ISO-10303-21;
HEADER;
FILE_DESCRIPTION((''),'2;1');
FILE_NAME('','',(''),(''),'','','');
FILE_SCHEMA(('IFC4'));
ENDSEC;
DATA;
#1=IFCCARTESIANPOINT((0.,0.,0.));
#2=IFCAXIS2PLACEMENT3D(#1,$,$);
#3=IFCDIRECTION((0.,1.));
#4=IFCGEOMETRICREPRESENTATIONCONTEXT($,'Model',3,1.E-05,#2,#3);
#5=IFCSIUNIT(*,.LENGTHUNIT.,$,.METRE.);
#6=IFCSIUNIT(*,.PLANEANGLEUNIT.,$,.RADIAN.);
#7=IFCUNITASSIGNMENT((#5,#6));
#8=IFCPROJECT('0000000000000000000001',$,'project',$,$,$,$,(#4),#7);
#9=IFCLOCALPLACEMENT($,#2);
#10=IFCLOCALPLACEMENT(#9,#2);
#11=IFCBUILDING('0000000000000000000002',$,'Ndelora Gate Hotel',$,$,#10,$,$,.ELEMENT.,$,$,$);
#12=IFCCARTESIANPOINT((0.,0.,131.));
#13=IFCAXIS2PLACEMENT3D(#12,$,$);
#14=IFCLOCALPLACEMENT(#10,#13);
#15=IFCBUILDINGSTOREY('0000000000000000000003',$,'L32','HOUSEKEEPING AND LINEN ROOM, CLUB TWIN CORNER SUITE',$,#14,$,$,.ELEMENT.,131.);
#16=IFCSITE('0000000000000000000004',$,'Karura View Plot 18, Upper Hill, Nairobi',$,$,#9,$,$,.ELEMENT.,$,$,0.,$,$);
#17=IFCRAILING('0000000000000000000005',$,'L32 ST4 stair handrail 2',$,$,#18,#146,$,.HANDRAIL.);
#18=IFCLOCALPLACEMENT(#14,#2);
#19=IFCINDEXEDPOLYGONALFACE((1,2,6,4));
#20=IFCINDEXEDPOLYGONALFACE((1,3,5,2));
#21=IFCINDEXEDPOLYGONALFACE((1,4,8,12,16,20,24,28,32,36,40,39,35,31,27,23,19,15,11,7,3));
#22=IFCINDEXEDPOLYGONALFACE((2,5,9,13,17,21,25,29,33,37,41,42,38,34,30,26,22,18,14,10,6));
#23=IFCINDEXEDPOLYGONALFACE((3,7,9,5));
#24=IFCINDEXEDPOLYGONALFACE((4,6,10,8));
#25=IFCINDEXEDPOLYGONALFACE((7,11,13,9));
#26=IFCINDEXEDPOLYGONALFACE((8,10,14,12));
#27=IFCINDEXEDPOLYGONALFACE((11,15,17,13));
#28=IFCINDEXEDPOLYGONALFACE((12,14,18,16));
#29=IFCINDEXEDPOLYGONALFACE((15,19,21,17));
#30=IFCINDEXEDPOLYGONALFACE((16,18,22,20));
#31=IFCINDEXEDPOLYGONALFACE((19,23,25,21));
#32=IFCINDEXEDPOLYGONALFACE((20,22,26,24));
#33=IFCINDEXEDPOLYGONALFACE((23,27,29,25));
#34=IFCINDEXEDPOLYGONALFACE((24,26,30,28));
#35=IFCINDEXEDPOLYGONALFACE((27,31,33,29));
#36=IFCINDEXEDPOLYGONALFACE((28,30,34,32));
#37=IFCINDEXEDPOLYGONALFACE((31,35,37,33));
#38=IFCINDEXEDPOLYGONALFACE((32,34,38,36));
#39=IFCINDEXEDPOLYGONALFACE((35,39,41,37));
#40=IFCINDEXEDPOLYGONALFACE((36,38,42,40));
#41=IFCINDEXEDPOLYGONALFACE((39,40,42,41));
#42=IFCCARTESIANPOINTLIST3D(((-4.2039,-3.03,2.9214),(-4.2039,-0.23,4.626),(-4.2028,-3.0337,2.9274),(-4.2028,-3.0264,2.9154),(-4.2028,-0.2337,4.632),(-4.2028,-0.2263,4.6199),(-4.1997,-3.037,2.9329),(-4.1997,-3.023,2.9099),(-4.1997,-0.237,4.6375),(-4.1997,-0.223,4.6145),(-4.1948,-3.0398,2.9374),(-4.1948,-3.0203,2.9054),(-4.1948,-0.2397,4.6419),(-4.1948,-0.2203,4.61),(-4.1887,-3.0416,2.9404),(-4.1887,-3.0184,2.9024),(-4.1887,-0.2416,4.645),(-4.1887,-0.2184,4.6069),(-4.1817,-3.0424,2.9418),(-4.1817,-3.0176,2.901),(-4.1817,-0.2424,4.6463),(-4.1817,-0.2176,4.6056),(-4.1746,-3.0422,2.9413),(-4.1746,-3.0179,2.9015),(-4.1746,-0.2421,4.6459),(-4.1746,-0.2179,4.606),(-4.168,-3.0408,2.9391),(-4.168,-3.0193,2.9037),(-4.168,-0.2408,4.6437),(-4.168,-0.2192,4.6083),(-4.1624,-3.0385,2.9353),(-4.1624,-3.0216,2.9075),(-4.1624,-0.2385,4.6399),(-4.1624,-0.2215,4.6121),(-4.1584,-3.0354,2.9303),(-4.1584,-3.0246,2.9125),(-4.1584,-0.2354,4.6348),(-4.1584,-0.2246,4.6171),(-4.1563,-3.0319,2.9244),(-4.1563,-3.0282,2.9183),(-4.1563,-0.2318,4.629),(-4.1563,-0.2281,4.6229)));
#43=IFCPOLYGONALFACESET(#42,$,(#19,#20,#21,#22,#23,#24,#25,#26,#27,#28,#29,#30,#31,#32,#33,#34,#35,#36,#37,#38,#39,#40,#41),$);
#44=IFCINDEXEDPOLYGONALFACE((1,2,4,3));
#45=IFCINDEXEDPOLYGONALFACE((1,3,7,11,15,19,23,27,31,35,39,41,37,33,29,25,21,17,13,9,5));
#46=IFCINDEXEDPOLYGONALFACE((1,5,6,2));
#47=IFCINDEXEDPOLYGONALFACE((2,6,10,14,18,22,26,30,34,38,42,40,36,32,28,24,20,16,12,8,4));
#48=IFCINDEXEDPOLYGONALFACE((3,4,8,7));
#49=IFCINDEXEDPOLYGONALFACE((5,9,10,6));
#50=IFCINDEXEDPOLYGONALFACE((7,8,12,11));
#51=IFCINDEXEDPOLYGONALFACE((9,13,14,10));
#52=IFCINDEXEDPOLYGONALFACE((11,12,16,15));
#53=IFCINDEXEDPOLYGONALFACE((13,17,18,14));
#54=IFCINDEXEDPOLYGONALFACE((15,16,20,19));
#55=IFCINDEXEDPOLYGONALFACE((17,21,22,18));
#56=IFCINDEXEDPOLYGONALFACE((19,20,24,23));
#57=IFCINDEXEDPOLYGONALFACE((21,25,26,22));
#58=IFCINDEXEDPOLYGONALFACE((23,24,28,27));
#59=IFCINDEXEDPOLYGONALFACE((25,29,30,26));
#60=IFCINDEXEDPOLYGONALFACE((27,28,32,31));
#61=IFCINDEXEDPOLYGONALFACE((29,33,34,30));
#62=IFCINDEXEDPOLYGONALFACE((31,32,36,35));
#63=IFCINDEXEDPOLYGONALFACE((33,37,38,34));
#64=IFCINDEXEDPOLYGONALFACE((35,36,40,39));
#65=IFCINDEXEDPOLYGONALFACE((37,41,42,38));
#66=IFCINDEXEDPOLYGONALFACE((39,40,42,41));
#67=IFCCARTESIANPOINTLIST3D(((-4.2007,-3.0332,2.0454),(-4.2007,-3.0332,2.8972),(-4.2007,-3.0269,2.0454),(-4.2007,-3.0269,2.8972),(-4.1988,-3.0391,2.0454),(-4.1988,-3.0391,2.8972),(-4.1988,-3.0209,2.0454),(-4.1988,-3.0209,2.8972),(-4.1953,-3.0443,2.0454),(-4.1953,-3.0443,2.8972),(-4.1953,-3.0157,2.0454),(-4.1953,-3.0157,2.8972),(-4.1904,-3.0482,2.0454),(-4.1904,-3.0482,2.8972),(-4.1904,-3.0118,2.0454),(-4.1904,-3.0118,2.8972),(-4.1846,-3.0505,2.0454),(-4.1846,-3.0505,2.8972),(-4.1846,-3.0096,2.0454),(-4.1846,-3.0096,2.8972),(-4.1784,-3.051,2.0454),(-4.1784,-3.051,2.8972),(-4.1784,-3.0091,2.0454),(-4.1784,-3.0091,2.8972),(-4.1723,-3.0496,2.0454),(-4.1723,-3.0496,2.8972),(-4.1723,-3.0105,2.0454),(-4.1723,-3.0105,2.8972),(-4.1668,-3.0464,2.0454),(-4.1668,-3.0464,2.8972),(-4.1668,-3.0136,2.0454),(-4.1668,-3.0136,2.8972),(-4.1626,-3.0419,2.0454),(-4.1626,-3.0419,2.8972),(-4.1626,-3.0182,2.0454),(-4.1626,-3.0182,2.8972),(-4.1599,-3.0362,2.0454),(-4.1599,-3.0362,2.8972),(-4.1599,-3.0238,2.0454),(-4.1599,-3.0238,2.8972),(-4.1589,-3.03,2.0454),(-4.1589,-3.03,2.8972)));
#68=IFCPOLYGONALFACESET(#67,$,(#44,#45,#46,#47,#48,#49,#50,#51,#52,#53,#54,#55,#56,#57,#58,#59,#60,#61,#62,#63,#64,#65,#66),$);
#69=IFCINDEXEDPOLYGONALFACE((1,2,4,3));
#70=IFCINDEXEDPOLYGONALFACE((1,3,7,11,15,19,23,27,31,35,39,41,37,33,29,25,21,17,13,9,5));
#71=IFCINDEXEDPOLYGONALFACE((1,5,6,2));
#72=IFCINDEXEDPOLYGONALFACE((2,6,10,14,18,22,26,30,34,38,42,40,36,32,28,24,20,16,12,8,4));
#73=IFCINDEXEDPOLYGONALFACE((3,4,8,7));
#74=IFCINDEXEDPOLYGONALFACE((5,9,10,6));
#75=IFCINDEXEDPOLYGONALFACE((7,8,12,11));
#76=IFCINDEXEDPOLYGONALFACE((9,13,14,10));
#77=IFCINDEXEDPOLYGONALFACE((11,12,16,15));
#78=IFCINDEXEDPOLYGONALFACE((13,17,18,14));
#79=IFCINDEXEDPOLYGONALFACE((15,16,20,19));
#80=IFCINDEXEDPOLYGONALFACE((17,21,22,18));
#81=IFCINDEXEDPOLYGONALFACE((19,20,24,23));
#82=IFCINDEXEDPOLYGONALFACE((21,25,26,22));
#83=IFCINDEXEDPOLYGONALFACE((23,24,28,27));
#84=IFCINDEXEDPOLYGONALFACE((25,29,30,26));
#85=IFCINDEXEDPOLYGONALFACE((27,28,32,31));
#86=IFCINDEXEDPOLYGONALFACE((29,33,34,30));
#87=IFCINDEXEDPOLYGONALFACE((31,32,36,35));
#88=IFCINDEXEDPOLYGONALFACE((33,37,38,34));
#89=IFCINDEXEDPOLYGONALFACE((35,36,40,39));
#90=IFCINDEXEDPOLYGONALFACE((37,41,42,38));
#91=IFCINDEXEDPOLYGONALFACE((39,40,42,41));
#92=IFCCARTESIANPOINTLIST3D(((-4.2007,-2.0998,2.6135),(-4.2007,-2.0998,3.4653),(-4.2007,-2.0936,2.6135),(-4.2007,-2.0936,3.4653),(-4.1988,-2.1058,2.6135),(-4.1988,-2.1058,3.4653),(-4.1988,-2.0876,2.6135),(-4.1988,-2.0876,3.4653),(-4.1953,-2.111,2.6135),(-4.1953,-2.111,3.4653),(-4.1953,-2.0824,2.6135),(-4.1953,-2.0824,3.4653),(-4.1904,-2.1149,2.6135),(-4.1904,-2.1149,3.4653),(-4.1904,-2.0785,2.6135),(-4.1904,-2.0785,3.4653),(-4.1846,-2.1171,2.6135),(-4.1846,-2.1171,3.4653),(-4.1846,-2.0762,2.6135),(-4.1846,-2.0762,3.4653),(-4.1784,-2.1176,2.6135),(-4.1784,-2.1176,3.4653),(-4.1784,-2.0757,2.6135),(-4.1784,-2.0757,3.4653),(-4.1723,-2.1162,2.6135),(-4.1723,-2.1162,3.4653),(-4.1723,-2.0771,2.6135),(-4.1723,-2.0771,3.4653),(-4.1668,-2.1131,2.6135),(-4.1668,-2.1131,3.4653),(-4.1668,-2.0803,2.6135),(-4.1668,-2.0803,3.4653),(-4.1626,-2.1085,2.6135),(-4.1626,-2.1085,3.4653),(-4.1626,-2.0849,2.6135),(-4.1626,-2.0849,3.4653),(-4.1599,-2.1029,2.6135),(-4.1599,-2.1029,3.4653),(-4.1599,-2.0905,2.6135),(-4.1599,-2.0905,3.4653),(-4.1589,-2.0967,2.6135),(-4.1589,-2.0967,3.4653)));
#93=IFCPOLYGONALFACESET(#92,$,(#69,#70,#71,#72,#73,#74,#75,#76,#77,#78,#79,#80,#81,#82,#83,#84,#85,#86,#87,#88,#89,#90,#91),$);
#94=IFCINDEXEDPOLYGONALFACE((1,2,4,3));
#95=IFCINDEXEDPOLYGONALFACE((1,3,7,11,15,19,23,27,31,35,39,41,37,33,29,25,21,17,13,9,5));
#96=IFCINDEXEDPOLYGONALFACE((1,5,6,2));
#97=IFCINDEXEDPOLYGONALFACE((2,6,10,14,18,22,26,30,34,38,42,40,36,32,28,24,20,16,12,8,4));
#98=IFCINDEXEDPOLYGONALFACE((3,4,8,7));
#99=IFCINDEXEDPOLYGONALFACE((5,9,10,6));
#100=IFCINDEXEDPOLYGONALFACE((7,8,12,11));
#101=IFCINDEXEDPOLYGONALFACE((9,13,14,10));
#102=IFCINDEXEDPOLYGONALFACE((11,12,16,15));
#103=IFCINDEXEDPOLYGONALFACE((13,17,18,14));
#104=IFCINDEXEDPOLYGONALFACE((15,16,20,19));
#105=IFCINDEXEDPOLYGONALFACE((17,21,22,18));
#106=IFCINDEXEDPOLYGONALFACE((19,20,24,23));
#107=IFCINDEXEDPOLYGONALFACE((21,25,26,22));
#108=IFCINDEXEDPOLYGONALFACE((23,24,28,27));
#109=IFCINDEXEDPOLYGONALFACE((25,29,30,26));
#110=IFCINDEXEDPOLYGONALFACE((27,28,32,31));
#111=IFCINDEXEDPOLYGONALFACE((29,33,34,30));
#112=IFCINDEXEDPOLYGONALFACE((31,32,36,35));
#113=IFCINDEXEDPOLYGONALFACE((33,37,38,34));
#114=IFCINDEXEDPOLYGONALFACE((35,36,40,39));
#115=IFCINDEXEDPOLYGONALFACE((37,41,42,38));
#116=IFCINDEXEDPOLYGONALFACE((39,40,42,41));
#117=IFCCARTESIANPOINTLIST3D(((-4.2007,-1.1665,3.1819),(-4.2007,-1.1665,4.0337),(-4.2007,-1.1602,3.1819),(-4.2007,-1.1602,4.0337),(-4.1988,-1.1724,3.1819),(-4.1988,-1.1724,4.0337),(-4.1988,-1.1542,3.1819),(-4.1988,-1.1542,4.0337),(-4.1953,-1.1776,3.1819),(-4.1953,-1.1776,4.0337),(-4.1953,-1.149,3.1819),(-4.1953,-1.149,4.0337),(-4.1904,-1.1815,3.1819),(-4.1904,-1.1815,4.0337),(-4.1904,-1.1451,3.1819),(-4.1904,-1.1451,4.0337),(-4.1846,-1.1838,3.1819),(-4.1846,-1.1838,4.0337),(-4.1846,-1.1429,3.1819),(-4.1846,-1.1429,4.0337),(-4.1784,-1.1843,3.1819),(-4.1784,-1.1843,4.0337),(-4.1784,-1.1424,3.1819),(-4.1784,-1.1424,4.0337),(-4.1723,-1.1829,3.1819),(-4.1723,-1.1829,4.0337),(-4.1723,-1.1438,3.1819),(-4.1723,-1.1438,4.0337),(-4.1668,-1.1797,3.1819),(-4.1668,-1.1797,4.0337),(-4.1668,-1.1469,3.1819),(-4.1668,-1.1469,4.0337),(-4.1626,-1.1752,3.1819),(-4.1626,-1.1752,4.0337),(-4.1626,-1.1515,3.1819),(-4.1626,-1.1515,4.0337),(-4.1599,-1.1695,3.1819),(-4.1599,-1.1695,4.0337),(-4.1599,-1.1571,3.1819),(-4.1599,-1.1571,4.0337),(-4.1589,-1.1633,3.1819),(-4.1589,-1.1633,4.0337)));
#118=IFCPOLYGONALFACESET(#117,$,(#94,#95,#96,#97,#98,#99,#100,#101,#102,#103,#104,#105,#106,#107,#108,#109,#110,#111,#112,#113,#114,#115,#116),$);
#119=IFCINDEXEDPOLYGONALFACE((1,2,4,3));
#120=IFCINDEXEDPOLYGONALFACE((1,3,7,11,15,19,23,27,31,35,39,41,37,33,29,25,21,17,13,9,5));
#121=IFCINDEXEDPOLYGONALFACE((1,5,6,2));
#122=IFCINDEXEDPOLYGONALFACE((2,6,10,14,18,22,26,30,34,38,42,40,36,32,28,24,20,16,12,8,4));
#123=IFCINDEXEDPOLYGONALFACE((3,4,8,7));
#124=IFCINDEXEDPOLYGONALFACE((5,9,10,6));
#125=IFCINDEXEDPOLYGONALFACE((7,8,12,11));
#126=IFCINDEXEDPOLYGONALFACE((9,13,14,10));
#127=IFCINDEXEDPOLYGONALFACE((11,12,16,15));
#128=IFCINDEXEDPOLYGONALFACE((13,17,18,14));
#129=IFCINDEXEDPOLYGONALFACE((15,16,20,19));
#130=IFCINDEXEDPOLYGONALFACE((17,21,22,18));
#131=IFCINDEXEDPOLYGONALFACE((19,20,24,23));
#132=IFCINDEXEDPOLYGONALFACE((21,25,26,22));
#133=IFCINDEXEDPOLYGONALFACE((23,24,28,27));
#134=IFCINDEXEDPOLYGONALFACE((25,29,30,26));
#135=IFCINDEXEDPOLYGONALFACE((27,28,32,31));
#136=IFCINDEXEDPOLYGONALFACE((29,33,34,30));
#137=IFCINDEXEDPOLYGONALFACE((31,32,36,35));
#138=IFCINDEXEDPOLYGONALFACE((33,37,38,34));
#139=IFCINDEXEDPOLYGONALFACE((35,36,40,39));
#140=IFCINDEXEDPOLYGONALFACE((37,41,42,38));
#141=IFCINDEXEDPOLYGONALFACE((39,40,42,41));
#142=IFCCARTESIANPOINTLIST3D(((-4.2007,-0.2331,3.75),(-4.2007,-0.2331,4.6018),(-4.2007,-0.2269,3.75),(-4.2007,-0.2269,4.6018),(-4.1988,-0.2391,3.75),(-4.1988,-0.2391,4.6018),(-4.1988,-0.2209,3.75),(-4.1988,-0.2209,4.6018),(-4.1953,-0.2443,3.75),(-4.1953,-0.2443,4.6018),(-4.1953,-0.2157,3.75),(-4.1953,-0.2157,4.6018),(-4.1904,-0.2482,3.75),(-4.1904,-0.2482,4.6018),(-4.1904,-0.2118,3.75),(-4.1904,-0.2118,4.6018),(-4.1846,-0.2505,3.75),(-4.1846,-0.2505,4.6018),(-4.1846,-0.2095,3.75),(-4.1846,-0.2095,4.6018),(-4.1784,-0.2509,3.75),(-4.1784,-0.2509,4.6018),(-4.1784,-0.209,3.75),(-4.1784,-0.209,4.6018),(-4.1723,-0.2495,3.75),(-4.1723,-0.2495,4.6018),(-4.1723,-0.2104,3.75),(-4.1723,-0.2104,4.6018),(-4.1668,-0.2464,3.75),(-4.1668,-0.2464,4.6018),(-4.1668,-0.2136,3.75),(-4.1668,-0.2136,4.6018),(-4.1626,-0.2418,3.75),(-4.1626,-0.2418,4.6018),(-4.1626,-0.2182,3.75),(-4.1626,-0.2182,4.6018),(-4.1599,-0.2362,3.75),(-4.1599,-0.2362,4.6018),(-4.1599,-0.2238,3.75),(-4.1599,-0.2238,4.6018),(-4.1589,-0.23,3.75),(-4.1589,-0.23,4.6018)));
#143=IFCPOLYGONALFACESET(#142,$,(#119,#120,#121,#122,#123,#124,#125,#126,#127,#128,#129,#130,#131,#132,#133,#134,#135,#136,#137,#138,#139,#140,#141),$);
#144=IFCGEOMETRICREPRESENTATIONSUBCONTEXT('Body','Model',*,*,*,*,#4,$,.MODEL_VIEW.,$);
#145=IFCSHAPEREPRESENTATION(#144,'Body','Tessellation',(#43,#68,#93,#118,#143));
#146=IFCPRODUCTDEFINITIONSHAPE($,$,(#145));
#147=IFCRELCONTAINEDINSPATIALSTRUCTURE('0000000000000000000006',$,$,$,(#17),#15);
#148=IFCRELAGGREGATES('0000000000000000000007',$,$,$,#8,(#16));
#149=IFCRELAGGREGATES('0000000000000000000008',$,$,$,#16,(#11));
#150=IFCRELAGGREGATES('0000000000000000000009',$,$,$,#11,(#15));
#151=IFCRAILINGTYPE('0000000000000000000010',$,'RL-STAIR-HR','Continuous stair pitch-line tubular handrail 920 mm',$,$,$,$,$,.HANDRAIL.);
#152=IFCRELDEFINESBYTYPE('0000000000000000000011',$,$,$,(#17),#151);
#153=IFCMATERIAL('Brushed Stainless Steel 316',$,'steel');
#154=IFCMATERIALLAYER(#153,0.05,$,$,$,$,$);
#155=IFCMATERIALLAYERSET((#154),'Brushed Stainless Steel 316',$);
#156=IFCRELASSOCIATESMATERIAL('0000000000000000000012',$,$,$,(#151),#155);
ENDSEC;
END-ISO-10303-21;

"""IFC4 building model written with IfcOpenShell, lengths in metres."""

from ifc_helpers import new_model, si_unit, direction, frame, origin, origin_2d, place, context, subcontext, project, spatial, circle, extrude, material, layer, layer_set, type_object, element, save


model = new_model("IFC4")

# Units and contexts
model_context = context("Model", 3, precision=1e-05, world=origin(), true_north=direction((0.0, 1.0)))
body_context = subcontext(model_context, "Body", "Model", "MODEL_VIEW")
ifc_project = project(units=[si_unit("LENGTHUNIT", "METRE"), si_unit("PLANEANGLEUNIT", "RADIAN")], contexts=[model_context])

# Site, building, storey
site_placement = place(None, origin())
site = spatial("IfcSite", under=ifc_project, at=site_placement, Name="Karura View Plot 18, Upper Hill, Nairobi", CompositionType="ELEMENT", RefElevation=0.0)
building_placement = place(site_placement, origin())
building = spatial("IfcBuilding", under=site, at=building_placement, Name="Ndelora Gate Hotel", CompositionType="ELEMENT")
storey_placement = place(building_placement, frame((0.0, 0.0, 131.0)))
storey = spatial("IfcBuildingStorey", under=building, at=storey_placement, Name="L32", Description="HOUSEKEEPING AND LINEN ROOM, CLUB TWIN CORNER SUITE", CompositionType="ELEMENT", Elevation=131.0)

# Railing
ifc_material_1 = material(Name="Brushed Stainless Steel 316", Category="steel")
ifc_layer_1 = layer(ifc_material_1, 0.05)
ifc_layer_set_1 = layer_set([ifc_layer_1], Name="Brushed Stainless Steel 316")
railing_type_1 = type_object("IfcRailingType", Name="RL-STAIR-HR", Description="Continuous stair pitch-line tubular handrail 920 mm", PredefinedType="HANDRAIL", material=ifc_layer_set_1)
railing_1_placement = place(storey_placement, frame((-4.1799, -3.03, 2.0454)))
element("IfcRailing", 1, at=railing_1_placement, inside=storey, type_object=railing_type_1, Name="L32 ST4 stair handrail 2", PredefinedType="HANDRAIL", context=body_context, shape_type="SweptSolid", body=[
    extrude(circle(Radius=0.0239, at=origin_2d()), frame((0.0, 0.0, 0.876), z_axis=(0.0, 0.85417, 0.519994), x_axis=(-1.0, 0.0, 0.0)), (0.0, 0.0, 1.0), 3.2781),
    extrude(circle(Radius=0.021, at=origin_2d()), origin(), (0.0, 0.0, 1.0), 0.8518),
    extrude(circle(Radius=0.021, at=origin_2d()), frame((0.0, 0.9333, 0.5681)), (0.0, 0.0, 1.0), 0.8518),
    extrude(circle(Radius=0.021, at=origin_2d()), frame((0.0, 1.8667, 1.1365)), (0.0, 0.0, 1.0), 0.8518),
    extrude(circle(Radius=0.021, at=origin_2d()), frame((0.0, 2.8, 1.7046)), (0.0, 0.0, 1.0), 0.8518),
])

save(model, "model.ifc")
